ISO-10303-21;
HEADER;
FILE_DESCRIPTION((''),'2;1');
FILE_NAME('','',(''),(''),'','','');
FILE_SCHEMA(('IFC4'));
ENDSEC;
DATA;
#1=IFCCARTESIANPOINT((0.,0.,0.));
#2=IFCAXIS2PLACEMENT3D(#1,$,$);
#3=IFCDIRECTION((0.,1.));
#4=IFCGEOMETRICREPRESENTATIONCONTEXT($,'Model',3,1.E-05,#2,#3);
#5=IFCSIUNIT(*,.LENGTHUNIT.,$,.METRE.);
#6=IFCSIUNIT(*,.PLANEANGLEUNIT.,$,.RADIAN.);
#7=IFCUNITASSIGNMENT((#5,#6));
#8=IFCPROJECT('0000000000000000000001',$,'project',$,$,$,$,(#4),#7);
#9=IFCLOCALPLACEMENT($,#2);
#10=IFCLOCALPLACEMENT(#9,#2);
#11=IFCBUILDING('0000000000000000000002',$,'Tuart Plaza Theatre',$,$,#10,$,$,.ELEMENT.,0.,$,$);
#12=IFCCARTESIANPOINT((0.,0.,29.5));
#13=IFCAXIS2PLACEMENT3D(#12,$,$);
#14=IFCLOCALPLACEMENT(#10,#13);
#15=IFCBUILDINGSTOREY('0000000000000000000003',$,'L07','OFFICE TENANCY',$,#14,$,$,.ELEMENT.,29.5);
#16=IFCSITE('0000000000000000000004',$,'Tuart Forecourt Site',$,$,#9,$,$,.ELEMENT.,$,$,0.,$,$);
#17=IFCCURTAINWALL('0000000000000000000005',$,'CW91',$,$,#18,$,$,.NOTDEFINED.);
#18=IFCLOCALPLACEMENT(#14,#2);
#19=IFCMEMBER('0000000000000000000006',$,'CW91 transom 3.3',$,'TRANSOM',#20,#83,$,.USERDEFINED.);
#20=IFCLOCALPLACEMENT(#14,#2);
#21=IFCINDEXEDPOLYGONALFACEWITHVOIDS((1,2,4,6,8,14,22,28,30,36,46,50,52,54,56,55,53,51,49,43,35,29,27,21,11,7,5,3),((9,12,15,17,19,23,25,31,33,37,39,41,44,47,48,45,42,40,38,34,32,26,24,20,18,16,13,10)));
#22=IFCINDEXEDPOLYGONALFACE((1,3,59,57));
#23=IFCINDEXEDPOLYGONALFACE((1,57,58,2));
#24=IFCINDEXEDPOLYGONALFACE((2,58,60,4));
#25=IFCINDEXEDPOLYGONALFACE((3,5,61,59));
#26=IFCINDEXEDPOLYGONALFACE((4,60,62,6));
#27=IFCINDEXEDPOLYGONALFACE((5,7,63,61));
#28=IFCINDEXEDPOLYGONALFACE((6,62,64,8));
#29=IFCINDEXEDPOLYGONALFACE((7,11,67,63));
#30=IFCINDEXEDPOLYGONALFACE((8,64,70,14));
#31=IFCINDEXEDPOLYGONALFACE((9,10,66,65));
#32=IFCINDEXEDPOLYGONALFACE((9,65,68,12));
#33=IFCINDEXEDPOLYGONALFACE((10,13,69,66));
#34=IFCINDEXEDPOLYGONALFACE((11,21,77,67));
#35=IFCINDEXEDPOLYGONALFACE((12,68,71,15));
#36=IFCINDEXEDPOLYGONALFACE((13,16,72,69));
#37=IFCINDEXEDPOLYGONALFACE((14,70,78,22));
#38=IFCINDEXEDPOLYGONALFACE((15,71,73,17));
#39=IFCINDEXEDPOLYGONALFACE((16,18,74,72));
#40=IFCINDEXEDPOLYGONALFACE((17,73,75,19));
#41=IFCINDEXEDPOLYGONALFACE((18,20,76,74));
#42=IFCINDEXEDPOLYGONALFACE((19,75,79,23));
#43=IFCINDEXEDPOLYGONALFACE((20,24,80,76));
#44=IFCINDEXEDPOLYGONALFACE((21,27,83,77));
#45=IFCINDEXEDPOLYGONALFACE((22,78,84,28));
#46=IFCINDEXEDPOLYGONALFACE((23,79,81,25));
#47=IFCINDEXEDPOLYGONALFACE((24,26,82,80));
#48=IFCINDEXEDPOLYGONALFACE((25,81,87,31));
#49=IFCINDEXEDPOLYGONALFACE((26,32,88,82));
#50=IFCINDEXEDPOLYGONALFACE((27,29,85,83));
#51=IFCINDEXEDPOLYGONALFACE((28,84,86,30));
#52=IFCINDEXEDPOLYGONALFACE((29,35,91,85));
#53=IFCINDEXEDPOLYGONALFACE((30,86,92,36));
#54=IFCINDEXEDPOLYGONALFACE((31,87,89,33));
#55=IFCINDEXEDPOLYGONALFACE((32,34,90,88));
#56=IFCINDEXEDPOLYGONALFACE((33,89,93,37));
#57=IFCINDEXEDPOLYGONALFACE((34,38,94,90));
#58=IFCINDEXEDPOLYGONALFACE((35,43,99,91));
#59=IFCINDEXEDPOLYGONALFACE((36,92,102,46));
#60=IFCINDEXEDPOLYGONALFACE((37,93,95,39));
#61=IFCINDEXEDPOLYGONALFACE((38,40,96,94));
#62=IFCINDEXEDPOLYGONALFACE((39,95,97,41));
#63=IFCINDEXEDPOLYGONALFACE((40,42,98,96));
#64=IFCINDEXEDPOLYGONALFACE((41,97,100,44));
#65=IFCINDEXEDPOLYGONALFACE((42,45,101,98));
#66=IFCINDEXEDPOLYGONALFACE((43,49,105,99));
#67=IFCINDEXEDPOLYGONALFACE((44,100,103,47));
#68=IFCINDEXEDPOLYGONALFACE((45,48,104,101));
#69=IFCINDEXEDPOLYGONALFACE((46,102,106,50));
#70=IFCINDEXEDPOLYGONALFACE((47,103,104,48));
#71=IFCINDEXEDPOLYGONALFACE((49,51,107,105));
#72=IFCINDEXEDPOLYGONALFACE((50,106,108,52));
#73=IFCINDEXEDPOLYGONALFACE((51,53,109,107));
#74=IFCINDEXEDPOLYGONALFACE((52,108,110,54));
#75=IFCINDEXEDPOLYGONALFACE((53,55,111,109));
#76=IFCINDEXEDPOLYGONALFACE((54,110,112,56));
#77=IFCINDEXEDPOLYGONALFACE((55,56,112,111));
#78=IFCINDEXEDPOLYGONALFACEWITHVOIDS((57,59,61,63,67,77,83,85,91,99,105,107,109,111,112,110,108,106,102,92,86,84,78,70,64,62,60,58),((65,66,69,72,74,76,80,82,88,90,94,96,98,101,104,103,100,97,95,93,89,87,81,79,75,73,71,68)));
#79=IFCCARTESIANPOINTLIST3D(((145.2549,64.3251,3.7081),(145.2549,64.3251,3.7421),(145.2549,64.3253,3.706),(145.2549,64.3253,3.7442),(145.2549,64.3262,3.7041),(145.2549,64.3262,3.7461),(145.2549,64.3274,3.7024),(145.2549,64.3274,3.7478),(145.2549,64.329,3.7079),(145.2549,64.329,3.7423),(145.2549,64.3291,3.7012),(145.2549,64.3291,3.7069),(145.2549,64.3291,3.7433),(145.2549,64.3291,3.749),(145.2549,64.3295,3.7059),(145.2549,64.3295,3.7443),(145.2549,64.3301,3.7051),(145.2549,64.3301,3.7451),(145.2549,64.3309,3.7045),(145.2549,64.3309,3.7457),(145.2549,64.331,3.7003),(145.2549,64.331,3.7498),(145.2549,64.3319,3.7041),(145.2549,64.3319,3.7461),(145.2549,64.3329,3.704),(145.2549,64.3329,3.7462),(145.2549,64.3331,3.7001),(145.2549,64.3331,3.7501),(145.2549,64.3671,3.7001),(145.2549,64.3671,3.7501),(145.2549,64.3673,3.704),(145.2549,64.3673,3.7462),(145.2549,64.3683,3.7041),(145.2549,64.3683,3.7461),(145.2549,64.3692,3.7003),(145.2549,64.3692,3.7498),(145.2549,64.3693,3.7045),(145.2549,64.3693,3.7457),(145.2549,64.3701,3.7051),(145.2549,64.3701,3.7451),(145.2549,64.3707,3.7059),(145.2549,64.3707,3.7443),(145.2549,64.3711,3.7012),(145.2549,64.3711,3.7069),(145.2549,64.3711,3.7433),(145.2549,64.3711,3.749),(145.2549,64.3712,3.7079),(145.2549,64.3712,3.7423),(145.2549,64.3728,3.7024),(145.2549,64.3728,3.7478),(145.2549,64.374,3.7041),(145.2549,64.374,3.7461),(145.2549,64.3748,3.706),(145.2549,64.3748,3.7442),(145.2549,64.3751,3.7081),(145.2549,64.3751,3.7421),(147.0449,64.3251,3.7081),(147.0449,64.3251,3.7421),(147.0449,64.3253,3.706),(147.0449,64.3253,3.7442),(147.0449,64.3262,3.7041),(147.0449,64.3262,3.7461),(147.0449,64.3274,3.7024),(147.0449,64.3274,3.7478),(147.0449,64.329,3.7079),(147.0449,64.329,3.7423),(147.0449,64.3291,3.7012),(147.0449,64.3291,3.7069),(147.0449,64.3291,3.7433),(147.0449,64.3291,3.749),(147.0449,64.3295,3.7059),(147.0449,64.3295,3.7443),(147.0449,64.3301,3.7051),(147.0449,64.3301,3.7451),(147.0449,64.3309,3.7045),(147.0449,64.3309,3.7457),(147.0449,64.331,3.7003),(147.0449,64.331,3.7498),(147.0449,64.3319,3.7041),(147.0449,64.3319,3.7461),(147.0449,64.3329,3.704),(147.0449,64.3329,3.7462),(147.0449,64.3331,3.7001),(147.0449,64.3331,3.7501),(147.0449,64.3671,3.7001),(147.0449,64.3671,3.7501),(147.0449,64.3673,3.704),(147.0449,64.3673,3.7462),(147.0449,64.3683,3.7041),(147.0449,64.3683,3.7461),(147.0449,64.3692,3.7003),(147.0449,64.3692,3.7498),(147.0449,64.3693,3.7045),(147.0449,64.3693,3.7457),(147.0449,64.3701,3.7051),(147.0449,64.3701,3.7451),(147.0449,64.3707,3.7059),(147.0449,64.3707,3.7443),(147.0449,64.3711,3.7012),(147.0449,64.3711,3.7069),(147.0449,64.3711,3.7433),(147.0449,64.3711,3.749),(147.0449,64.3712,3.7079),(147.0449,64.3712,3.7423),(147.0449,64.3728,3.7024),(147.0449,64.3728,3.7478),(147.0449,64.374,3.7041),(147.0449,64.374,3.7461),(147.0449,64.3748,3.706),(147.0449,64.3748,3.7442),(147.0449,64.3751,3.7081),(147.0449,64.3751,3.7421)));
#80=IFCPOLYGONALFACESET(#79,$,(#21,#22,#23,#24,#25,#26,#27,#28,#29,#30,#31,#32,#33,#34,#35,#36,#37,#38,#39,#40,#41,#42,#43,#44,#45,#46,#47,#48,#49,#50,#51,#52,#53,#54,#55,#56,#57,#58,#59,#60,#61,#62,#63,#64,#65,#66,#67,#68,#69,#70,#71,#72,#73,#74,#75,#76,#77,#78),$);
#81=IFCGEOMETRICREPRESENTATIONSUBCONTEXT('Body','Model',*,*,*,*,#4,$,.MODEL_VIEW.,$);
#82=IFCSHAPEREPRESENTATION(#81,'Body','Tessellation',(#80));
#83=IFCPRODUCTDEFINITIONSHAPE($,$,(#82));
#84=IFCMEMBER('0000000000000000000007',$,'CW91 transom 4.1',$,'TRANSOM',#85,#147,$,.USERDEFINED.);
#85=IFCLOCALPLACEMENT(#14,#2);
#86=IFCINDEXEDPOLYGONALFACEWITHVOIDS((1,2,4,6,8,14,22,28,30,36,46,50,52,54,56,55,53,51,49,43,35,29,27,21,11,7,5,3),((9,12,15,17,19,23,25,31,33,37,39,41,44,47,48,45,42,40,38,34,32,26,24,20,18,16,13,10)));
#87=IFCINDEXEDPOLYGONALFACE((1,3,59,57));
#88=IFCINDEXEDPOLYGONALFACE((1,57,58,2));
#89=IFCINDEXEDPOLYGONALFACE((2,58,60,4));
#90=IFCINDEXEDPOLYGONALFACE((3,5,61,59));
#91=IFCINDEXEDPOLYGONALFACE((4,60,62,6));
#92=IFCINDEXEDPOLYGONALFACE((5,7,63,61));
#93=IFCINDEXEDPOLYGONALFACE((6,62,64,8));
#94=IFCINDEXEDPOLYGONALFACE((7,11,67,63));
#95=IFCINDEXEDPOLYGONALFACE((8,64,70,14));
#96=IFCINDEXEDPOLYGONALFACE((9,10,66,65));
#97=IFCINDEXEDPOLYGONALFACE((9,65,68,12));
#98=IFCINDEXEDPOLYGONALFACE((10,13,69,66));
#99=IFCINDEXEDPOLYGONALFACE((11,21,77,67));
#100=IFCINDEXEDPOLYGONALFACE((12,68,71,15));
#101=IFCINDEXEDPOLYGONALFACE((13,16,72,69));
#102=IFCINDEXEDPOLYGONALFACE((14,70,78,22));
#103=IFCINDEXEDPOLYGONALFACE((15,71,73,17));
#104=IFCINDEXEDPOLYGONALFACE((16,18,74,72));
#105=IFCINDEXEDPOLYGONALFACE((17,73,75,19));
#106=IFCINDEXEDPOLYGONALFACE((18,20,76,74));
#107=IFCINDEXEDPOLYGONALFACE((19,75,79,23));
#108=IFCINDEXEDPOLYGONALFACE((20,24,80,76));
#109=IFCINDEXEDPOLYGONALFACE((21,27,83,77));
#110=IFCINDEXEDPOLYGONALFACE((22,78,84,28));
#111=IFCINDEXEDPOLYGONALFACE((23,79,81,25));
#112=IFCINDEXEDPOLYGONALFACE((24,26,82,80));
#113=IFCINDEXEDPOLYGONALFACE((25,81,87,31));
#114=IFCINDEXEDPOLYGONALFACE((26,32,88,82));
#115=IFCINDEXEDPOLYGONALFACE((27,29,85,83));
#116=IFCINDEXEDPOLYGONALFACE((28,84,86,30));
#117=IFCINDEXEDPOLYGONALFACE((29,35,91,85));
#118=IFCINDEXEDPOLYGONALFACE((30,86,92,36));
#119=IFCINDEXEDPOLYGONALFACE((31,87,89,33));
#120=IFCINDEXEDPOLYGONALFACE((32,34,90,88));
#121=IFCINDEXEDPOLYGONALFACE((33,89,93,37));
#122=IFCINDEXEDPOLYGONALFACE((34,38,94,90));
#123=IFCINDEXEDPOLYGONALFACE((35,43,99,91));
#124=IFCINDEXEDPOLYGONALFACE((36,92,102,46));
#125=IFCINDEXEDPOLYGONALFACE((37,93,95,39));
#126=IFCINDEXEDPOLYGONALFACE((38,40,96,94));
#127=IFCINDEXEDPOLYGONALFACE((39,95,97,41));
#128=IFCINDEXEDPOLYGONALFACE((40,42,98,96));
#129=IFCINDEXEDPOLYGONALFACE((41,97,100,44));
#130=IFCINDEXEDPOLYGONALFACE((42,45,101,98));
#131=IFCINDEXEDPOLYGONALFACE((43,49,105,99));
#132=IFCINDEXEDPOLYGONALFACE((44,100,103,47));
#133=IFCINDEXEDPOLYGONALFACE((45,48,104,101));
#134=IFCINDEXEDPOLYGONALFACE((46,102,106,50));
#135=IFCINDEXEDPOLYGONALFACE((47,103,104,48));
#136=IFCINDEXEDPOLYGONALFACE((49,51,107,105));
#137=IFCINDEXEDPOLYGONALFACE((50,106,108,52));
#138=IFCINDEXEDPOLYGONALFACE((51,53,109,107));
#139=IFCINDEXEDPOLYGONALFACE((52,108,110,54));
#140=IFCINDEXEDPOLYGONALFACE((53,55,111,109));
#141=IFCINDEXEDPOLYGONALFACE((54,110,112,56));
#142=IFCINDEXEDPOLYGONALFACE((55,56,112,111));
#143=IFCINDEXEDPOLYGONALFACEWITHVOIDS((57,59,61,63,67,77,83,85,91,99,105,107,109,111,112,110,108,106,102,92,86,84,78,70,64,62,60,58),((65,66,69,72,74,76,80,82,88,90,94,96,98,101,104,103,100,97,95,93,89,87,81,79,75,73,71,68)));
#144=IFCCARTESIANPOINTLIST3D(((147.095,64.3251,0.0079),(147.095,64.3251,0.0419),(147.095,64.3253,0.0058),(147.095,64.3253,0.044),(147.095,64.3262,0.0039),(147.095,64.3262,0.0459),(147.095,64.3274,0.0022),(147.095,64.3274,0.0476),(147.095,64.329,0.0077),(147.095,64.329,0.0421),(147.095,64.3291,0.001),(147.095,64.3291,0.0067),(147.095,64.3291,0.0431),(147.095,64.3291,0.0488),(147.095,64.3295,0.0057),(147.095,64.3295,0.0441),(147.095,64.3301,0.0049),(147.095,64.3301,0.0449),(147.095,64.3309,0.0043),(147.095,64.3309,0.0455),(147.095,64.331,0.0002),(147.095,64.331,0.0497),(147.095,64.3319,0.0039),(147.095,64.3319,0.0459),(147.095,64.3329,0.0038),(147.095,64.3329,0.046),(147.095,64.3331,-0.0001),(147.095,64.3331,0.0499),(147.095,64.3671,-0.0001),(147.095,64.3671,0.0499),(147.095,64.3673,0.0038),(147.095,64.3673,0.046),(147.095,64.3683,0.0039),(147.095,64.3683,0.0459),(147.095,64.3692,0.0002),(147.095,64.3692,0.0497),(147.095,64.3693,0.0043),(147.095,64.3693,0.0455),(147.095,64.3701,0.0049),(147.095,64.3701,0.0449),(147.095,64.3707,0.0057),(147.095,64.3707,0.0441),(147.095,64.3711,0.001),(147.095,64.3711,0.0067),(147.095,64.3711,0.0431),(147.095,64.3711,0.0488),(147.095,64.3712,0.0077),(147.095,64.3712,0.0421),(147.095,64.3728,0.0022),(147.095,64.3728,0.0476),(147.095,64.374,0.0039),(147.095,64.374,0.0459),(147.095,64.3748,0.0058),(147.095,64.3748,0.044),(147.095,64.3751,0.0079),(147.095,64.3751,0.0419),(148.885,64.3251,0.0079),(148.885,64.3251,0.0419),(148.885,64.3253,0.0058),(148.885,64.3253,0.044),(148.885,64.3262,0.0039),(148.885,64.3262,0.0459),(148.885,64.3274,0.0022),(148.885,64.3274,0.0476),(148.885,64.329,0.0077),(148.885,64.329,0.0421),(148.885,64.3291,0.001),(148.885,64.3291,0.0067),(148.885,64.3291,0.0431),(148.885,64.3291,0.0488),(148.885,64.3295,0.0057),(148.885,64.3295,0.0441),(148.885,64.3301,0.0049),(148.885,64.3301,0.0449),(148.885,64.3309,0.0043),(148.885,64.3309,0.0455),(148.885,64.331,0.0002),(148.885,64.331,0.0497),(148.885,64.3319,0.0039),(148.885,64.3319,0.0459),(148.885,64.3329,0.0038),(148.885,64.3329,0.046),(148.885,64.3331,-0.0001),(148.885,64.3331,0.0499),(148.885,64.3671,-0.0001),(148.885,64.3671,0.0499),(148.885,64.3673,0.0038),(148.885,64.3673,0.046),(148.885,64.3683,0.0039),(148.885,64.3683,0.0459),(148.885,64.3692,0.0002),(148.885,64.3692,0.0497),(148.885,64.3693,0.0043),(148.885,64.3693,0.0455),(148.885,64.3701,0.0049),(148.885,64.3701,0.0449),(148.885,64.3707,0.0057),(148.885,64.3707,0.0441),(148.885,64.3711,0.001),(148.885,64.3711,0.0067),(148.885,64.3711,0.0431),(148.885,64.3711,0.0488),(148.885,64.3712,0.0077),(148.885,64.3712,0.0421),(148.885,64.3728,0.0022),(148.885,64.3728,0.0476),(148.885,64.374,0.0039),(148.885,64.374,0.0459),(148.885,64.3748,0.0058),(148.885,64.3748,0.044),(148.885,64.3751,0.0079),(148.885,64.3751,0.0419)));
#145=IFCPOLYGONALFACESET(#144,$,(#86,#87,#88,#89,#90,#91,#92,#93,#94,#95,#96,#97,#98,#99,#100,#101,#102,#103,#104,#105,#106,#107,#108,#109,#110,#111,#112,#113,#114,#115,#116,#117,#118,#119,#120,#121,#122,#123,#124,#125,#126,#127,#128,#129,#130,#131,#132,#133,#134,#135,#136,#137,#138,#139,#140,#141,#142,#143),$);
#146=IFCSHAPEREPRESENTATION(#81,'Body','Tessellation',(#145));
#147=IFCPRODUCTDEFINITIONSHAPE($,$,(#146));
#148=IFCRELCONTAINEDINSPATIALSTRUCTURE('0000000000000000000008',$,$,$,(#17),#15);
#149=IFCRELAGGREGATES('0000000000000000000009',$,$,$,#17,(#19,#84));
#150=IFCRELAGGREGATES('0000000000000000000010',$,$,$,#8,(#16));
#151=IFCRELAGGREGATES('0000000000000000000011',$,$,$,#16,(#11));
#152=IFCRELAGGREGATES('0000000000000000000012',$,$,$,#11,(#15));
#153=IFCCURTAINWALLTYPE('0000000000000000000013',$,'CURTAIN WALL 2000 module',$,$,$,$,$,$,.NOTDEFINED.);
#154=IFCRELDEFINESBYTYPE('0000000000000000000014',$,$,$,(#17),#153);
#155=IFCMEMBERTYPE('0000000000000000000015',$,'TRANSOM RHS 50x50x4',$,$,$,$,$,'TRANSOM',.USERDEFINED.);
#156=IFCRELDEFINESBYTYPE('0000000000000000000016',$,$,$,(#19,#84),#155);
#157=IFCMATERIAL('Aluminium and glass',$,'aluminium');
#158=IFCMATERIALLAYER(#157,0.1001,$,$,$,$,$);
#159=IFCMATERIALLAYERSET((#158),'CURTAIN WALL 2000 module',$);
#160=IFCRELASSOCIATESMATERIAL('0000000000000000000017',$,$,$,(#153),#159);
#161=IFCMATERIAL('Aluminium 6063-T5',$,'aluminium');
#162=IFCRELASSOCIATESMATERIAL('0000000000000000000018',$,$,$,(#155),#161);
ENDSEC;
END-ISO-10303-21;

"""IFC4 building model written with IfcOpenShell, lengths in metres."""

from ifc_helpers import new_model, si_unit, direction, frame, origin, origin_2d, place, context, subcontext, project, spatial, hollow_rectangle, extrude, material, layer, layer_set, material_profile, profile_set, type_object, element, aggregate, save


model = new_model("IFC4")

# Units and contexts
model_context = context("Model", 3, precision=1e-05, world=origin(), true_north=direction((0.0, 1.0)))
body_context = subcontext(model_context, "Body", "Model", "MODEL_VIEW")
ifc_project = project(units=[si_unit("LENGTHUNIT", "METRE"), si_unit("PLANEANGLEUNIT", "RADIAN")], contexts=[model_context])

# Site, building, storey
site_placement = place(None, origin())
site = spatial("IfcSite", under=ifc_project, at=site_placement, Name="Tuart Forecourt Site", CompositionType="ELEMENT", RefElevation=0.0)
building_placement = place(site_placement, origin())
building = spatial("IfcBuilding", under=site, at=building_placement, Name="Tuart Plaza Theatre", CompositionType="ELEMENT", ElevationOfRefHeight=0.0)
storey_placement = place(building_placement, frame((0.0, 0.0, 29.5)))
storey = spatial("IfcBuildingStorey", under=building, at=storey_placement, Name="L07", Description="OFFICE TENANCY", CompositionType="ELEMENT", Elevation=29.5)

# Curtain wall
ifc_material_1 = material(Name="Aluminium and glass", Category="aluminium")
ifc_layer_1 = layer(ifc_material_1, 0.1001)
ifc_layer_set_1 = layer_set([ifc_layer_1], Name="CURTAIN WALL 2000 module")
curtain_wall_type = type_object("IfcCurtainWallType", Name="CURTAIN WALL 2000 module", PredefinedType="NOTDEFINED", material=ifc_layer_set_1)
curtain_wall_1_placement = place(storey_placement, origin())
curtain_wall_1 = element("IfcCurtainWall", 1, at=curtain_wall_1_placement, inside=storey, type_object=curtain_wall_type, Name="CW91", PredefinedType="NOTDEFINED")

# Members
ifc_material_2 = material(Name="Aluminium 6063-T5", Category="aluminium")
ifc_material_profile_1 = material_profile(ifc_material_2, hollow_rectangle(XDim=0.05, YDim=0.05, WallThickness=0.0039, InnerFilletRadius=0.0039, OuterFilletRadius=0.0081, at=origin_2d()), Name="RHS 50x50x4")
ifc_profile_set_1 = profile_set([ifc_material_profile_1], Name="Aluminium 6063-T5")
member_type_1 = type_object("IfcMemberType", Name="TRANSOM RHS 50x50x4", ElementType="TRANSOM", PredefinedType="USERDEFINED", material=ifc_profile_set_1)
member_1_placement = place(storey_placement, frame((145.2549, 64.3501, 3.7251), z_axis=(1.0, 0.0, 0.0), x_axis=(0.0, 1.0, 0.0)))
member_1 = element("IfcMember", 2, at=member_1_placement, type_object=member_type_1, Name="CW91 transom 3.3", ObjectType="TRANSOM", PredefinedType="USERDEFINED", context=body_context, shape_type="SweptSolid", body=[
    extrude(hollow_rectangle(XDim=0.05, YDim=0.05, WallThickness=0.0039, InnerFilletRadius=0.0039, OuterFilletRadius=0.0081, at=origin_2d()), origin(), (0.0, 0.0, 1.0), 1.79),
])
member_2_placement = place(storey_placement, frame((147.095, 64.3501, 0.0249), z_axis=(1.0, 0.0, 0.0), x_axis=(0.0, 1.0, 0.0)))
member_2 = element("IfcMember", 3, at=member_2_placement, type_object=member_type_1, Name="CW91 transom 4.1", ObjectType="TRANSOM", PredefinedType="USERDEFINED", context=body_context, shape_type="SweptSolid", body=[
    extrude(hollow_rectangle(XDim=0.05, YDim=0.05, WallThickness=0.0039, InnerFilletRadius=0.0039, OuterFilletRadius=0.0081, at=origin_2d()), origin(), (0.0, 0.0, 1.0), 1.79),
])

aggregate(curtain_wall_1, [member_1, member_2])

save(model, "model.ifc")
